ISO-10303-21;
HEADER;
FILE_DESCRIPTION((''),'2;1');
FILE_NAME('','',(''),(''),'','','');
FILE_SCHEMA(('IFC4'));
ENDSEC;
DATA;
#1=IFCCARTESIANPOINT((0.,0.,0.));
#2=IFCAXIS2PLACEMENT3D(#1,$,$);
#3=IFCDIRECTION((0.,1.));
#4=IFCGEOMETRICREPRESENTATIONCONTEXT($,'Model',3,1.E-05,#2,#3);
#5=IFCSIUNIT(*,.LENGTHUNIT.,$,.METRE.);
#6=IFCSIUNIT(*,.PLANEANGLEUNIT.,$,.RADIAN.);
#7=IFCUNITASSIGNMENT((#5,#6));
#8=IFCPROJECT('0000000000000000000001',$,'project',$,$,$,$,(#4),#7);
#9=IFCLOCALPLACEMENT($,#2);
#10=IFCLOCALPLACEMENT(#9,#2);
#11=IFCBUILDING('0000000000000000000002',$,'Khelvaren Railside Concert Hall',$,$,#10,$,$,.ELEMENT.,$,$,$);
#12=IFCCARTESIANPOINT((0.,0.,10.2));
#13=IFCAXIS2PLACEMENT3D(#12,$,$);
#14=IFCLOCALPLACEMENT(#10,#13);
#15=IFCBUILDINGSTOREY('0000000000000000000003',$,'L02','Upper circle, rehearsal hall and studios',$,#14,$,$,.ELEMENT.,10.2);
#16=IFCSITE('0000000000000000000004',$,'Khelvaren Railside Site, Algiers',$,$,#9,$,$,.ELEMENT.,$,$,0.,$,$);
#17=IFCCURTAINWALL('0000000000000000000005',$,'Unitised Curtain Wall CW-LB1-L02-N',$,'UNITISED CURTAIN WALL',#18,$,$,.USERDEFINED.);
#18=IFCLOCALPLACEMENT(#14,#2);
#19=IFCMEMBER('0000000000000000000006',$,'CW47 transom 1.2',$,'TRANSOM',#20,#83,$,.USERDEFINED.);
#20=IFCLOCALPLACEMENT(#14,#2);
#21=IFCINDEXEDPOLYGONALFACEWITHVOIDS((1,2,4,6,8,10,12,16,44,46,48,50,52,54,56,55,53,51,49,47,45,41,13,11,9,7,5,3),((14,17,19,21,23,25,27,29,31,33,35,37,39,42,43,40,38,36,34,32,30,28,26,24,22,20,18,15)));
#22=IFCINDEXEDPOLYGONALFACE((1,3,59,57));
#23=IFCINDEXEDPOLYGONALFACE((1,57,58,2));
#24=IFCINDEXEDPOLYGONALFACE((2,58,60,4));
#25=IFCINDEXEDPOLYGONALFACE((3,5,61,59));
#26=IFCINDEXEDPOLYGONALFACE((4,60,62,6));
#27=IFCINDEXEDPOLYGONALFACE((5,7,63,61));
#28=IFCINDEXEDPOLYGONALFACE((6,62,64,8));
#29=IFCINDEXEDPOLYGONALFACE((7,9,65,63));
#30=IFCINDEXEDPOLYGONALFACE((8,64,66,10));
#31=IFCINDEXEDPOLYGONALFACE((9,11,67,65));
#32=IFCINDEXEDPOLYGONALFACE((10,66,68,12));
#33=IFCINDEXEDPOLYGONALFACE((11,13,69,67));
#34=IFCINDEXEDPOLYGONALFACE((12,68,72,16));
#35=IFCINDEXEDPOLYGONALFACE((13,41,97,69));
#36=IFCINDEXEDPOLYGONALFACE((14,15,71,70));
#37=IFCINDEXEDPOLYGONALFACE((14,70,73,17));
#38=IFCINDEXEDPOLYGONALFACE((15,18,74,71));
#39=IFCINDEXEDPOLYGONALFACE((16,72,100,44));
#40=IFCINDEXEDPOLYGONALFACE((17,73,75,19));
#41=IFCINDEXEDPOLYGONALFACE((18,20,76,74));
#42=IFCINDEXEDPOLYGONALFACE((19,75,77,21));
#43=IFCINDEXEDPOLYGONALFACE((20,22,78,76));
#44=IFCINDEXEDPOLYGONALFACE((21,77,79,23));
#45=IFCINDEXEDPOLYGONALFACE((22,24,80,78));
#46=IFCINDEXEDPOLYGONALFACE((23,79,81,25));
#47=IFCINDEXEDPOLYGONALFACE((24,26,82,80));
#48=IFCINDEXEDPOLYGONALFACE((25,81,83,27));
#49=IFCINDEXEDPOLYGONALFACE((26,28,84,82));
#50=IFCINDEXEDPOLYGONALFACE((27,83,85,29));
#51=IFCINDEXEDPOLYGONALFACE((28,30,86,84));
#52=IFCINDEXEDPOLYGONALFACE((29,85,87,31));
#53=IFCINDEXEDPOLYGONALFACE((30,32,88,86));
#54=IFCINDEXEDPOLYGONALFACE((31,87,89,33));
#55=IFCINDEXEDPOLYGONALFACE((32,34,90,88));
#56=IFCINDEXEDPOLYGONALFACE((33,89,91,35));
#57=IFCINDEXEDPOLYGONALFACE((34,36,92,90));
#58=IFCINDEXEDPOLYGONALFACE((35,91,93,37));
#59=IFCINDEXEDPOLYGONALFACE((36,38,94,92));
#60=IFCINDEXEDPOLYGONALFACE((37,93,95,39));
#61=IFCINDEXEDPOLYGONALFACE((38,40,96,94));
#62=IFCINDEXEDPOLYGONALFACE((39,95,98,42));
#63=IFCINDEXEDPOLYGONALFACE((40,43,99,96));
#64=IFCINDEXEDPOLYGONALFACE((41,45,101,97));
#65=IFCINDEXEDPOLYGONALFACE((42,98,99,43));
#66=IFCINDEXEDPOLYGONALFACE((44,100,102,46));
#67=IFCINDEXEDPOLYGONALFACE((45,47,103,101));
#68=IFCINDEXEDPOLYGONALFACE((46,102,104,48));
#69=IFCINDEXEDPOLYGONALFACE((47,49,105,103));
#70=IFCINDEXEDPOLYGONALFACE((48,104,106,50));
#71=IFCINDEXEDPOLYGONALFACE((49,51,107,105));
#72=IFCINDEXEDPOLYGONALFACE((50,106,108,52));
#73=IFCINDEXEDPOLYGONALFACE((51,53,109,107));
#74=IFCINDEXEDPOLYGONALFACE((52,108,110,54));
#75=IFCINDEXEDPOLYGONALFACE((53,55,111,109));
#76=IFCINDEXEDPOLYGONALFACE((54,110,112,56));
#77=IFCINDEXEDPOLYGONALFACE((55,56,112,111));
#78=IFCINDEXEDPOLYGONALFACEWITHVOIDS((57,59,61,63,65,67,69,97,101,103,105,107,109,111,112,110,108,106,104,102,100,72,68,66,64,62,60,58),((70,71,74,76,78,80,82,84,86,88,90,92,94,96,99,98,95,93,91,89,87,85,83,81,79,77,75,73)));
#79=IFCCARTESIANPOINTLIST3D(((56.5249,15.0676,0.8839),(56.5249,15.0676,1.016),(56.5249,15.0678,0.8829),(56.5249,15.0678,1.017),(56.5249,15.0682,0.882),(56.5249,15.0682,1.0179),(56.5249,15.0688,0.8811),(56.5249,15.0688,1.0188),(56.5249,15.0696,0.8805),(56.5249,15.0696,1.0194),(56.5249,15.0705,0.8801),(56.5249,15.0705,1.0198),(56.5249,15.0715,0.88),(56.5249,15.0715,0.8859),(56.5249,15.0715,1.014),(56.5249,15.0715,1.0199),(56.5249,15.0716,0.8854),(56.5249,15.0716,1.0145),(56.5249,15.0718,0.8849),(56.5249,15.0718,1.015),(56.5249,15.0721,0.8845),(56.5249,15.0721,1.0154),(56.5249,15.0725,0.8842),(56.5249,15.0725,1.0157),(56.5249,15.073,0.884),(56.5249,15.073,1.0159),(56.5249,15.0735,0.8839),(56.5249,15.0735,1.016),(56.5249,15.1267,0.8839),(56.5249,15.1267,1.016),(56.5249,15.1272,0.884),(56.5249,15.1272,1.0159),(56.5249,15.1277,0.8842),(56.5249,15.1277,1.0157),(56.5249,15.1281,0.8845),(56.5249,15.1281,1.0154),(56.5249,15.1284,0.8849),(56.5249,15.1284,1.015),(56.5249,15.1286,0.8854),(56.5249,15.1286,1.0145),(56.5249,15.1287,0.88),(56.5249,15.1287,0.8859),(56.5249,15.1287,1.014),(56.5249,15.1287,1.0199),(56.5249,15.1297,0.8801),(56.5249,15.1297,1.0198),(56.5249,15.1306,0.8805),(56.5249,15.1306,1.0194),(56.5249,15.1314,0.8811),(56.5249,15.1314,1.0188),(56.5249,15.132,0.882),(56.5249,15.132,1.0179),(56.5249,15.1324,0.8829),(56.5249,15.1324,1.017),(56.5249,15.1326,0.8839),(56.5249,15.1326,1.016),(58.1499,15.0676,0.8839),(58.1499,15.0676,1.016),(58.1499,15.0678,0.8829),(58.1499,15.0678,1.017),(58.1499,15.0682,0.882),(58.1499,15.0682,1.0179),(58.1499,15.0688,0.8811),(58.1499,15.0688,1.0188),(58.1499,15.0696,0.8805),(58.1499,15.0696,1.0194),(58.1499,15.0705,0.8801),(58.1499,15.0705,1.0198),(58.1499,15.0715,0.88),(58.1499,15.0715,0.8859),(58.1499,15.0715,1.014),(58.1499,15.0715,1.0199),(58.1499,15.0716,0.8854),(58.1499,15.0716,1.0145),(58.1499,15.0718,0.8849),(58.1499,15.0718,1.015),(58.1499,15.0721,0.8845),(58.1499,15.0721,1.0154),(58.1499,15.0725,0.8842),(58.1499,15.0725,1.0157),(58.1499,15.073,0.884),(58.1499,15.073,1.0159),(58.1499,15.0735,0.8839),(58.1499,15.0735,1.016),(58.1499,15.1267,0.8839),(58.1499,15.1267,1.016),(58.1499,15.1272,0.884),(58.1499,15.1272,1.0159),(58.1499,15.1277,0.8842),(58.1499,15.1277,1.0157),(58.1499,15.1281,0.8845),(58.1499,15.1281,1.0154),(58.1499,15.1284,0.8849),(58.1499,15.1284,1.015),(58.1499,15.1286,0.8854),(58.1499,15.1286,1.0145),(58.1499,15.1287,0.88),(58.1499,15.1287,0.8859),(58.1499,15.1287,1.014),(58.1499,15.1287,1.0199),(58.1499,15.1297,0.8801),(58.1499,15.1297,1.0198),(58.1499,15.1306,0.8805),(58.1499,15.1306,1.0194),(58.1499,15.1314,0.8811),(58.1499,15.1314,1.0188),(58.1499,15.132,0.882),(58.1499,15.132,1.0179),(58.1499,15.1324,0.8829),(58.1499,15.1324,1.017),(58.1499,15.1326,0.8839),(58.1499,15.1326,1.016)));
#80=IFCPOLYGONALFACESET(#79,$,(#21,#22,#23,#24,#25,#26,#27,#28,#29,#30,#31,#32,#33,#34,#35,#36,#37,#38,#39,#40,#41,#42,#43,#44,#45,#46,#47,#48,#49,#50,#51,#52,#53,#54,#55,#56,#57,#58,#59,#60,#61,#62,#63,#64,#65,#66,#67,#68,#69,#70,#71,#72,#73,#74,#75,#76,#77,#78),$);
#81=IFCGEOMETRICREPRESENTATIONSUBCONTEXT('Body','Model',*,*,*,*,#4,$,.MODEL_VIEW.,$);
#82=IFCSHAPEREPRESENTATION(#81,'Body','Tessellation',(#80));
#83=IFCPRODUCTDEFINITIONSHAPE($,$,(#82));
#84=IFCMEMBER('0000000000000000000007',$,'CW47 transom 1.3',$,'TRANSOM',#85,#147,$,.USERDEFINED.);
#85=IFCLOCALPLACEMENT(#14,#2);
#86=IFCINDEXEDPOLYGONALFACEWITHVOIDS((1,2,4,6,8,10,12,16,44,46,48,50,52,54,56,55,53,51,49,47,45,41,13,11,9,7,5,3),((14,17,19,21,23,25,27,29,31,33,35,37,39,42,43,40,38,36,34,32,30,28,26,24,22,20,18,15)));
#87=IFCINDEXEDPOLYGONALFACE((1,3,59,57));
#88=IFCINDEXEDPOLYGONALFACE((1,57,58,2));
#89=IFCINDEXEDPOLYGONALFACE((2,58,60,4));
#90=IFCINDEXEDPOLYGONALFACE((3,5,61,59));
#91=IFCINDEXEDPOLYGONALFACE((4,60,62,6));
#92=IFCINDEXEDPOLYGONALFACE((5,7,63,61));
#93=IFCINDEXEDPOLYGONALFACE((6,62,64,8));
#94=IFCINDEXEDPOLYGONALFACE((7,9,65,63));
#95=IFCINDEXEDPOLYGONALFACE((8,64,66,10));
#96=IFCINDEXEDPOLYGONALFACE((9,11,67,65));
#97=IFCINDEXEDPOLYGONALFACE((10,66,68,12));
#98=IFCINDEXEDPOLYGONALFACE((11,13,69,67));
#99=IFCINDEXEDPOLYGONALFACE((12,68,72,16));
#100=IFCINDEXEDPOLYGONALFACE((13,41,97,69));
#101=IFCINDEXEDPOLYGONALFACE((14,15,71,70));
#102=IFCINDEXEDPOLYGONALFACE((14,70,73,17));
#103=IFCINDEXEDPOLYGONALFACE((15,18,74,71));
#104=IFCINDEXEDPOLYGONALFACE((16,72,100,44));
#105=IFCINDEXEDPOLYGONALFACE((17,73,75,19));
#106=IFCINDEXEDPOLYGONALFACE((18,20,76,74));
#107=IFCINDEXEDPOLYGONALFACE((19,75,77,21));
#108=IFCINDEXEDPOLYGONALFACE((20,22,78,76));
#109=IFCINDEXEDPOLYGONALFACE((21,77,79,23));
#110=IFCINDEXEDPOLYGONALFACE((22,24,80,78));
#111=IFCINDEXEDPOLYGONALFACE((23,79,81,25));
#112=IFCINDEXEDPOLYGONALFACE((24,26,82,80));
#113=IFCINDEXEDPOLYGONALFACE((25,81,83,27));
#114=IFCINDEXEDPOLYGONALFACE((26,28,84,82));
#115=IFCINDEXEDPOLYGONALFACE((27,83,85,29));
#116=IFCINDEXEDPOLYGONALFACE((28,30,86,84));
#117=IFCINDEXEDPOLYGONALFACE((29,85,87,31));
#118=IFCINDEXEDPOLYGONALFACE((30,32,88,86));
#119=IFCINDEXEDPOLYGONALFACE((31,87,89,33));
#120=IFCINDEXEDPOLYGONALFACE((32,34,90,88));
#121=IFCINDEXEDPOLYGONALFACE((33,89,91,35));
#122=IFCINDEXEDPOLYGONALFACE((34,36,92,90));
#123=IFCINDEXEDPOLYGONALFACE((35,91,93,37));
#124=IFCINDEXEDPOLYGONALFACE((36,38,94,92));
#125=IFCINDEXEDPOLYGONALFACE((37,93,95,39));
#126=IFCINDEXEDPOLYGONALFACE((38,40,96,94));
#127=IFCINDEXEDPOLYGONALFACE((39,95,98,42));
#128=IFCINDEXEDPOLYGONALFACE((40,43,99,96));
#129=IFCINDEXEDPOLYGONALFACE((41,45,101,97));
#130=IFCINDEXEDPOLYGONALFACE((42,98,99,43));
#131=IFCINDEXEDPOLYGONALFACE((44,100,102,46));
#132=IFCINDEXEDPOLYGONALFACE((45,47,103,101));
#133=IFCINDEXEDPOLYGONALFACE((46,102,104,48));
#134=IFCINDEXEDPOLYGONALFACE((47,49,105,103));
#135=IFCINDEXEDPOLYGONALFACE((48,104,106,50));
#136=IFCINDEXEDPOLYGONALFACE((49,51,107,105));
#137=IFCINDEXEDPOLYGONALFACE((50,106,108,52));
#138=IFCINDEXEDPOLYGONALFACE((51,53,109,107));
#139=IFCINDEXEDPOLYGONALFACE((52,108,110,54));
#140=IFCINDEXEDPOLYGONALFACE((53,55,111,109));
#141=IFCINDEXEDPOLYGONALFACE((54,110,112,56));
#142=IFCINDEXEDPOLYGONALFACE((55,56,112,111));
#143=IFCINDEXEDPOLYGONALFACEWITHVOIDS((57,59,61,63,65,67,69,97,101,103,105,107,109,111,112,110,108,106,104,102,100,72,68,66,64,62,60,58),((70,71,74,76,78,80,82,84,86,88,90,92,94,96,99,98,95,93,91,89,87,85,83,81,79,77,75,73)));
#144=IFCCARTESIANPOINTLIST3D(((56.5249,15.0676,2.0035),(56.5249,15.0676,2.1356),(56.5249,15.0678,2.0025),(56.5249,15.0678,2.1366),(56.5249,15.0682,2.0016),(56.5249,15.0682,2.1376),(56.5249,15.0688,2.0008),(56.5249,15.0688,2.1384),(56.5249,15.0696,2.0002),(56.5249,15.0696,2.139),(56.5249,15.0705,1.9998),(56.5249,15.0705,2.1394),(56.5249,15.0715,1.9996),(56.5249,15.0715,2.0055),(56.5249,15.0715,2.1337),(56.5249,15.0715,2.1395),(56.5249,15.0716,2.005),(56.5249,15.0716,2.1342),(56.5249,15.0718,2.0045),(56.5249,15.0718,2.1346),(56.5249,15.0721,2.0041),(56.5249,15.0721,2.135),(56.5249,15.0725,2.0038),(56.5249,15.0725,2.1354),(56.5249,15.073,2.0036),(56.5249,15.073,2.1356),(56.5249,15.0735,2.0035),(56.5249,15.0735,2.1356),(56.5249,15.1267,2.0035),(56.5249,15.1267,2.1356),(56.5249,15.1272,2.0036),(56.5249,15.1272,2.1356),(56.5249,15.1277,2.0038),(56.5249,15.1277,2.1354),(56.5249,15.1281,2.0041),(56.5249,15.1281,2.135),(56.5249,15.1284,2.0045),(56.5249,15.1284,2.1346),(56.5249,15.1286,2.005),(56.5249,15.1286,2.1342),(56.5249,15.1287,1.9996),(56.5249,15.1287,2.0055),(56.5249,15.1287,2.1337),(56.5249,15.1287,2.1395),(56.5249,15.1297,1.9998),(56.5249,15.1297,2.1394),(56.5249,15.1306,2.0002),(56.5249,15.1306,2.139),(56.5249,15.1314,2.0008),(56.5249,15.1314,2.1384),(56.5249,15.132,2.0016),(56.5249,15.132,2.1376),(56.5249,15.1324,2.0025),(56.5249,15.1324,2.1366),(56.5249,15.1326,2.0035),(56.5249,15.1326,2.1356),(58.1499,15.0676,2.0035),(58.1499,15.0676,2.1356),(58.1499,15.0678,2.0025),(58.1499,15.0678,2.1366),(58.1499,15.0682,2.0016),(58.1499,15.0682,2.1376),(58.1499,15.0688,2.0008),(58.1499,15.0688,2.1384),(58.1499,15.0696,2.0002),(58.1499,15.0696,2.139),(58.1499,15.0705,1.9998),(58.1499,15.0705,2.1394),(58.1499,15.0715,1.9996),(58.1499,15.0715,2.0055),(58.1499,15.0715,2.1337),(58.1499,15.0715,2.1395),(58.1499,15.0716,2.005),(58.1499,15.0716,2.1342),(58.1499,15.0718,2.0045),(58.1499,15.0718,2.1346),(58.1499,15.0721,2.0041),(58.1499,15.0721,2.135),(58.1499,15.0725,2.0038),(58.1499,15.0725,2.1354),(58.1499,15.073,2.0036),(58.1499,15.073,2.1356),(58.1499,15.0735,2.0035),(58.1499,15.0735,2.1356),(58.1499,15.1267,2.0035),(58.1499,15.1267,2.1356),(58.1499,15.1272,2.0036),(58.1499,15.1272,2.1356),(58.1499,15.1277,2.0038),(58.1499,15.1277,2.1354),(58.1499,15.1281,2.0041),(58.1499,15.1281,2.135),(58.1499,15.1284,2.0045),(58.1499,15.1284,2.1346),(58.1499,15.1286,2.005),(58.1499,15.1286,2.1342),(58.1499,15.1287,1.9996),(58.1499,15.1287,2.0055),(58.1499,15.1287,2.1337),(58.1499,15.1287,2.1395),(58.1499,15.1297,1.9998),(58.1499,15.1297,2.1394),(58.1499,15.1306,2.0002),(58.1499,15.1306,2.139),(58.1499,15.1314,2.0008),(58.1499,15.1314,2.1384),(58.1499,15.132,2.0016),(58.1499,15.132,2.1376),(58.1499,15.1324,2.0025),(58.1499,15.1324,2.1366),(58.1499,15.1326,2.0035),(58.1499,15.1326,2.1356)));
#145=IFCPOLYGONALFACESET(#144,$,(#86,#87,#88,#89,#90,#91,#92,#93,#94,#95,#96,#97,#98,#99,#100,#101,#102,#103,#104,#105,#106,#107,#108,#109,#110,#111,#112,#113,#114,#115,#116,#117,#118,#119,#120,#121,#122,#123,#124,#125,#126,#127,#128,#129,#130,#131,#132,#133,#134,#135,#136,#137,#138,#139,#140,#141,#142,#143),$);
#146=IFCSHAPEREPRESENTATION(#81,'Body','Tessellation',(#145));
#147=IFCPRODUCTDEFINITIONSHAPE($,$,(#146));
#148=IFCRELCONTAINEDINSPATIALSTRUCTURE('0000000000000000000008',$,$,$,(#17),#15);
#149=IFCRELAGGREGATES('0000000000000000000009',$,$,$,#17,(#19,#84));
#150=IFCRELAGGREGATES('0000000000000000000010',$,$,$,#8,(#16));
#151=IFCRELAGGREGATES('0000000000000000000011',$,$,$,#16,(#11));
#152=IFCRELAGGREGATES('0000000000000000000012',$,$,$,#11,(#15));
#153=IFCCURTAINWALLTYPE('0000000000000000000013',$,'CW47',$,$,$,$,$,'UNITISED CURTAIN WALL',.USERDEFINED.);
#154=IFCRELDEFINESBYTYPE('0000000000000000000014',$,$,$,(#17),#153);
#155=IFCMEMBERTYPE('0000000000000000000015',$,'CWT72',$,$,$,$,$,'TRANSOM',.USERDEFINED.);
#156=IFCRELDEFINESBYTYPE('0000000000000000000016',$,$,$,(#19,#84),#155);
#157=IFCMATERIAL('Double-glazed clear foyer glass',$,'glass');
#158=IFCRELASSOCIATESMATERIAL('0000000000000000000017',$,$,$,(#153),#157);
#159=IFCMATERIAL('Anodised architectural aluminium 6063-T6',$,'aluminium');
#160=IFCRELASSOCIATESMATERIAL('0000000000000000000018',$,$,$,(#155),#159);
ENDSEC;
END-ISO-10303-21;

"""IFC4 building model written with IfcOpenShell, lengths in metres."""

from ifc_helpers import new_model, si_unit, direction, frame, origin, origin_2d, place, context, subcontext, project, spatial, hollow_rectangle, extrude, material, material_profile, profile_set, type_object, element, aggregate, save


model = new_model("IFC4")

# Units and contexts
model_context = context("Model", 3, precision=1e-05, world=origin(), true_north=direction((0.0, 1.0)))
body_context = subcontext(model_context, "Body", "Model", "MODEL_VIEW")
ifc_project = project(units=[si_unit("LENGTHUNIT", "METRE"), si_unit("PLANEANGLEUNIT", "RADIAN")], contexts=[model_context])

# Site, building, storey
site_placement = place(None, origin())
site = spatial("IfcSite", under=ifc_project, at=site_placement, Name="Khelvaren Railside Site, Algiers", CompositionType="ELEMENT", RefElevation=0.0)
building_placement = place(site_placement, origin())
building = spatial("IfcBuilding", under=site, at=building_placement, Name="Khelvaren Railside Concert Hall", CompositionType="ELEMENT")
storey_placement = place(building_placement, frame((0.0, 0.0, 10.2)))
storey = spatial("IfcBuildingStorey", under=building, at=storey_placement, Name="L02", Description="Upper circle, rehearsal hall and studios", CompositionType="ELEMENT", Elevation=10.2)

# Shared definitions
ifc_material_1 = material(Name="Double-glazed clear foyer glass", Category="glass")
ifc_material_2 = material(Name="Anodised architectural aluminium 6063-T6", Category="aluminium")

# Curtain wall
curtain_wall_type_1 = type_object("IfcCurtainWallType", Name="CW47", ElementType="UNITISED CURTAIN WALL", PredefinedType="USERDEFINED", material=ifc_material_1)
curtain_wall_1_placement = place(storey_placement, origin())
curtain_wall_1 = element("IfcCurtainWall", 1, at=curtain_wall_1_placement, inside=storey, type_object=curtain_wall_type_1, Name="Unitised Curtain Wall CW-LB1-L02-N", ObjectType="UNITISED CURTAIN WALL", PredefinedType="USERDEFINED")

# Members
ifc_material_profile_1 = material_profile(ifc_material_2, hollow_rectangle(XDim=0.0649, YDim=0.1399, WallThickness=0.0039, InnerFilletRadius=0.002, OuterFilletRadius=0.0039, at=origin_2d()), Name="CWT 65x140x4")
ifc_profile_set_1 = profile_set([ifc_material_profile_1], Name="Anodised architectural aluminium 6063-T6")
member_type_1 = type_object("IfcMemberType", Name="CWT72", ElementType="TRANSOM", PredefinedType="USERDEFINED", material=ifc_profile_set_1)
member_1_placement = place(storey_placement, frame((56.5249, 15.1001, 0.95), z_axis=(1.0, 0.0, 0.0), x_axis=(0.0, 1.0, 0.0)))
member_1 = element("IfcMember", 2, at=member_1_placement, type_object=member_type_1, Name="CW47 transom 1.2", ObjectType="TRANSOM", PredefinedType="USERDEFINED", context=body_context, shape_type="SweptSolid", body=[
    extrude(hollow_rectangle(XDim=0.0649, YDim=0.1399, WallThickness=0.0039, InnerFilletRadius=0.002, OuterFilletRadius=0.0039, at=origin_2d()), origin(), (0.0, 0.0, 1.0), 1.625),
])
member_2_placement = place(storey_placement, frame((56.5249, 15.1001, 2.0696), z_axis=(1.0, 0.0, 0.0), x_axis=(0.0, 1.0, 0.0)))
member_2 = element("IfcMember", 3, at=member_2_placement, type_object=member_type_1, Name="CW47 transom 1.3", ObjectType="TRANSOM", PredefinedType="USERDEFINED", context=body_context, shape_type="SweptSolid", body=[
    extrude(hollow_rectangle(XDim=0.0649, YDim=0.1399, WallThickness=0.0039, InnerFilletRadius=0.002, OuterFilletRadius=0.0039, at=origin_2d()), origin(), (0.0, 0.0, 1.0), 1.625),
])

aggregate(curtain_wall_1, [member_1, member_2])

save(model, "model.ifc")
